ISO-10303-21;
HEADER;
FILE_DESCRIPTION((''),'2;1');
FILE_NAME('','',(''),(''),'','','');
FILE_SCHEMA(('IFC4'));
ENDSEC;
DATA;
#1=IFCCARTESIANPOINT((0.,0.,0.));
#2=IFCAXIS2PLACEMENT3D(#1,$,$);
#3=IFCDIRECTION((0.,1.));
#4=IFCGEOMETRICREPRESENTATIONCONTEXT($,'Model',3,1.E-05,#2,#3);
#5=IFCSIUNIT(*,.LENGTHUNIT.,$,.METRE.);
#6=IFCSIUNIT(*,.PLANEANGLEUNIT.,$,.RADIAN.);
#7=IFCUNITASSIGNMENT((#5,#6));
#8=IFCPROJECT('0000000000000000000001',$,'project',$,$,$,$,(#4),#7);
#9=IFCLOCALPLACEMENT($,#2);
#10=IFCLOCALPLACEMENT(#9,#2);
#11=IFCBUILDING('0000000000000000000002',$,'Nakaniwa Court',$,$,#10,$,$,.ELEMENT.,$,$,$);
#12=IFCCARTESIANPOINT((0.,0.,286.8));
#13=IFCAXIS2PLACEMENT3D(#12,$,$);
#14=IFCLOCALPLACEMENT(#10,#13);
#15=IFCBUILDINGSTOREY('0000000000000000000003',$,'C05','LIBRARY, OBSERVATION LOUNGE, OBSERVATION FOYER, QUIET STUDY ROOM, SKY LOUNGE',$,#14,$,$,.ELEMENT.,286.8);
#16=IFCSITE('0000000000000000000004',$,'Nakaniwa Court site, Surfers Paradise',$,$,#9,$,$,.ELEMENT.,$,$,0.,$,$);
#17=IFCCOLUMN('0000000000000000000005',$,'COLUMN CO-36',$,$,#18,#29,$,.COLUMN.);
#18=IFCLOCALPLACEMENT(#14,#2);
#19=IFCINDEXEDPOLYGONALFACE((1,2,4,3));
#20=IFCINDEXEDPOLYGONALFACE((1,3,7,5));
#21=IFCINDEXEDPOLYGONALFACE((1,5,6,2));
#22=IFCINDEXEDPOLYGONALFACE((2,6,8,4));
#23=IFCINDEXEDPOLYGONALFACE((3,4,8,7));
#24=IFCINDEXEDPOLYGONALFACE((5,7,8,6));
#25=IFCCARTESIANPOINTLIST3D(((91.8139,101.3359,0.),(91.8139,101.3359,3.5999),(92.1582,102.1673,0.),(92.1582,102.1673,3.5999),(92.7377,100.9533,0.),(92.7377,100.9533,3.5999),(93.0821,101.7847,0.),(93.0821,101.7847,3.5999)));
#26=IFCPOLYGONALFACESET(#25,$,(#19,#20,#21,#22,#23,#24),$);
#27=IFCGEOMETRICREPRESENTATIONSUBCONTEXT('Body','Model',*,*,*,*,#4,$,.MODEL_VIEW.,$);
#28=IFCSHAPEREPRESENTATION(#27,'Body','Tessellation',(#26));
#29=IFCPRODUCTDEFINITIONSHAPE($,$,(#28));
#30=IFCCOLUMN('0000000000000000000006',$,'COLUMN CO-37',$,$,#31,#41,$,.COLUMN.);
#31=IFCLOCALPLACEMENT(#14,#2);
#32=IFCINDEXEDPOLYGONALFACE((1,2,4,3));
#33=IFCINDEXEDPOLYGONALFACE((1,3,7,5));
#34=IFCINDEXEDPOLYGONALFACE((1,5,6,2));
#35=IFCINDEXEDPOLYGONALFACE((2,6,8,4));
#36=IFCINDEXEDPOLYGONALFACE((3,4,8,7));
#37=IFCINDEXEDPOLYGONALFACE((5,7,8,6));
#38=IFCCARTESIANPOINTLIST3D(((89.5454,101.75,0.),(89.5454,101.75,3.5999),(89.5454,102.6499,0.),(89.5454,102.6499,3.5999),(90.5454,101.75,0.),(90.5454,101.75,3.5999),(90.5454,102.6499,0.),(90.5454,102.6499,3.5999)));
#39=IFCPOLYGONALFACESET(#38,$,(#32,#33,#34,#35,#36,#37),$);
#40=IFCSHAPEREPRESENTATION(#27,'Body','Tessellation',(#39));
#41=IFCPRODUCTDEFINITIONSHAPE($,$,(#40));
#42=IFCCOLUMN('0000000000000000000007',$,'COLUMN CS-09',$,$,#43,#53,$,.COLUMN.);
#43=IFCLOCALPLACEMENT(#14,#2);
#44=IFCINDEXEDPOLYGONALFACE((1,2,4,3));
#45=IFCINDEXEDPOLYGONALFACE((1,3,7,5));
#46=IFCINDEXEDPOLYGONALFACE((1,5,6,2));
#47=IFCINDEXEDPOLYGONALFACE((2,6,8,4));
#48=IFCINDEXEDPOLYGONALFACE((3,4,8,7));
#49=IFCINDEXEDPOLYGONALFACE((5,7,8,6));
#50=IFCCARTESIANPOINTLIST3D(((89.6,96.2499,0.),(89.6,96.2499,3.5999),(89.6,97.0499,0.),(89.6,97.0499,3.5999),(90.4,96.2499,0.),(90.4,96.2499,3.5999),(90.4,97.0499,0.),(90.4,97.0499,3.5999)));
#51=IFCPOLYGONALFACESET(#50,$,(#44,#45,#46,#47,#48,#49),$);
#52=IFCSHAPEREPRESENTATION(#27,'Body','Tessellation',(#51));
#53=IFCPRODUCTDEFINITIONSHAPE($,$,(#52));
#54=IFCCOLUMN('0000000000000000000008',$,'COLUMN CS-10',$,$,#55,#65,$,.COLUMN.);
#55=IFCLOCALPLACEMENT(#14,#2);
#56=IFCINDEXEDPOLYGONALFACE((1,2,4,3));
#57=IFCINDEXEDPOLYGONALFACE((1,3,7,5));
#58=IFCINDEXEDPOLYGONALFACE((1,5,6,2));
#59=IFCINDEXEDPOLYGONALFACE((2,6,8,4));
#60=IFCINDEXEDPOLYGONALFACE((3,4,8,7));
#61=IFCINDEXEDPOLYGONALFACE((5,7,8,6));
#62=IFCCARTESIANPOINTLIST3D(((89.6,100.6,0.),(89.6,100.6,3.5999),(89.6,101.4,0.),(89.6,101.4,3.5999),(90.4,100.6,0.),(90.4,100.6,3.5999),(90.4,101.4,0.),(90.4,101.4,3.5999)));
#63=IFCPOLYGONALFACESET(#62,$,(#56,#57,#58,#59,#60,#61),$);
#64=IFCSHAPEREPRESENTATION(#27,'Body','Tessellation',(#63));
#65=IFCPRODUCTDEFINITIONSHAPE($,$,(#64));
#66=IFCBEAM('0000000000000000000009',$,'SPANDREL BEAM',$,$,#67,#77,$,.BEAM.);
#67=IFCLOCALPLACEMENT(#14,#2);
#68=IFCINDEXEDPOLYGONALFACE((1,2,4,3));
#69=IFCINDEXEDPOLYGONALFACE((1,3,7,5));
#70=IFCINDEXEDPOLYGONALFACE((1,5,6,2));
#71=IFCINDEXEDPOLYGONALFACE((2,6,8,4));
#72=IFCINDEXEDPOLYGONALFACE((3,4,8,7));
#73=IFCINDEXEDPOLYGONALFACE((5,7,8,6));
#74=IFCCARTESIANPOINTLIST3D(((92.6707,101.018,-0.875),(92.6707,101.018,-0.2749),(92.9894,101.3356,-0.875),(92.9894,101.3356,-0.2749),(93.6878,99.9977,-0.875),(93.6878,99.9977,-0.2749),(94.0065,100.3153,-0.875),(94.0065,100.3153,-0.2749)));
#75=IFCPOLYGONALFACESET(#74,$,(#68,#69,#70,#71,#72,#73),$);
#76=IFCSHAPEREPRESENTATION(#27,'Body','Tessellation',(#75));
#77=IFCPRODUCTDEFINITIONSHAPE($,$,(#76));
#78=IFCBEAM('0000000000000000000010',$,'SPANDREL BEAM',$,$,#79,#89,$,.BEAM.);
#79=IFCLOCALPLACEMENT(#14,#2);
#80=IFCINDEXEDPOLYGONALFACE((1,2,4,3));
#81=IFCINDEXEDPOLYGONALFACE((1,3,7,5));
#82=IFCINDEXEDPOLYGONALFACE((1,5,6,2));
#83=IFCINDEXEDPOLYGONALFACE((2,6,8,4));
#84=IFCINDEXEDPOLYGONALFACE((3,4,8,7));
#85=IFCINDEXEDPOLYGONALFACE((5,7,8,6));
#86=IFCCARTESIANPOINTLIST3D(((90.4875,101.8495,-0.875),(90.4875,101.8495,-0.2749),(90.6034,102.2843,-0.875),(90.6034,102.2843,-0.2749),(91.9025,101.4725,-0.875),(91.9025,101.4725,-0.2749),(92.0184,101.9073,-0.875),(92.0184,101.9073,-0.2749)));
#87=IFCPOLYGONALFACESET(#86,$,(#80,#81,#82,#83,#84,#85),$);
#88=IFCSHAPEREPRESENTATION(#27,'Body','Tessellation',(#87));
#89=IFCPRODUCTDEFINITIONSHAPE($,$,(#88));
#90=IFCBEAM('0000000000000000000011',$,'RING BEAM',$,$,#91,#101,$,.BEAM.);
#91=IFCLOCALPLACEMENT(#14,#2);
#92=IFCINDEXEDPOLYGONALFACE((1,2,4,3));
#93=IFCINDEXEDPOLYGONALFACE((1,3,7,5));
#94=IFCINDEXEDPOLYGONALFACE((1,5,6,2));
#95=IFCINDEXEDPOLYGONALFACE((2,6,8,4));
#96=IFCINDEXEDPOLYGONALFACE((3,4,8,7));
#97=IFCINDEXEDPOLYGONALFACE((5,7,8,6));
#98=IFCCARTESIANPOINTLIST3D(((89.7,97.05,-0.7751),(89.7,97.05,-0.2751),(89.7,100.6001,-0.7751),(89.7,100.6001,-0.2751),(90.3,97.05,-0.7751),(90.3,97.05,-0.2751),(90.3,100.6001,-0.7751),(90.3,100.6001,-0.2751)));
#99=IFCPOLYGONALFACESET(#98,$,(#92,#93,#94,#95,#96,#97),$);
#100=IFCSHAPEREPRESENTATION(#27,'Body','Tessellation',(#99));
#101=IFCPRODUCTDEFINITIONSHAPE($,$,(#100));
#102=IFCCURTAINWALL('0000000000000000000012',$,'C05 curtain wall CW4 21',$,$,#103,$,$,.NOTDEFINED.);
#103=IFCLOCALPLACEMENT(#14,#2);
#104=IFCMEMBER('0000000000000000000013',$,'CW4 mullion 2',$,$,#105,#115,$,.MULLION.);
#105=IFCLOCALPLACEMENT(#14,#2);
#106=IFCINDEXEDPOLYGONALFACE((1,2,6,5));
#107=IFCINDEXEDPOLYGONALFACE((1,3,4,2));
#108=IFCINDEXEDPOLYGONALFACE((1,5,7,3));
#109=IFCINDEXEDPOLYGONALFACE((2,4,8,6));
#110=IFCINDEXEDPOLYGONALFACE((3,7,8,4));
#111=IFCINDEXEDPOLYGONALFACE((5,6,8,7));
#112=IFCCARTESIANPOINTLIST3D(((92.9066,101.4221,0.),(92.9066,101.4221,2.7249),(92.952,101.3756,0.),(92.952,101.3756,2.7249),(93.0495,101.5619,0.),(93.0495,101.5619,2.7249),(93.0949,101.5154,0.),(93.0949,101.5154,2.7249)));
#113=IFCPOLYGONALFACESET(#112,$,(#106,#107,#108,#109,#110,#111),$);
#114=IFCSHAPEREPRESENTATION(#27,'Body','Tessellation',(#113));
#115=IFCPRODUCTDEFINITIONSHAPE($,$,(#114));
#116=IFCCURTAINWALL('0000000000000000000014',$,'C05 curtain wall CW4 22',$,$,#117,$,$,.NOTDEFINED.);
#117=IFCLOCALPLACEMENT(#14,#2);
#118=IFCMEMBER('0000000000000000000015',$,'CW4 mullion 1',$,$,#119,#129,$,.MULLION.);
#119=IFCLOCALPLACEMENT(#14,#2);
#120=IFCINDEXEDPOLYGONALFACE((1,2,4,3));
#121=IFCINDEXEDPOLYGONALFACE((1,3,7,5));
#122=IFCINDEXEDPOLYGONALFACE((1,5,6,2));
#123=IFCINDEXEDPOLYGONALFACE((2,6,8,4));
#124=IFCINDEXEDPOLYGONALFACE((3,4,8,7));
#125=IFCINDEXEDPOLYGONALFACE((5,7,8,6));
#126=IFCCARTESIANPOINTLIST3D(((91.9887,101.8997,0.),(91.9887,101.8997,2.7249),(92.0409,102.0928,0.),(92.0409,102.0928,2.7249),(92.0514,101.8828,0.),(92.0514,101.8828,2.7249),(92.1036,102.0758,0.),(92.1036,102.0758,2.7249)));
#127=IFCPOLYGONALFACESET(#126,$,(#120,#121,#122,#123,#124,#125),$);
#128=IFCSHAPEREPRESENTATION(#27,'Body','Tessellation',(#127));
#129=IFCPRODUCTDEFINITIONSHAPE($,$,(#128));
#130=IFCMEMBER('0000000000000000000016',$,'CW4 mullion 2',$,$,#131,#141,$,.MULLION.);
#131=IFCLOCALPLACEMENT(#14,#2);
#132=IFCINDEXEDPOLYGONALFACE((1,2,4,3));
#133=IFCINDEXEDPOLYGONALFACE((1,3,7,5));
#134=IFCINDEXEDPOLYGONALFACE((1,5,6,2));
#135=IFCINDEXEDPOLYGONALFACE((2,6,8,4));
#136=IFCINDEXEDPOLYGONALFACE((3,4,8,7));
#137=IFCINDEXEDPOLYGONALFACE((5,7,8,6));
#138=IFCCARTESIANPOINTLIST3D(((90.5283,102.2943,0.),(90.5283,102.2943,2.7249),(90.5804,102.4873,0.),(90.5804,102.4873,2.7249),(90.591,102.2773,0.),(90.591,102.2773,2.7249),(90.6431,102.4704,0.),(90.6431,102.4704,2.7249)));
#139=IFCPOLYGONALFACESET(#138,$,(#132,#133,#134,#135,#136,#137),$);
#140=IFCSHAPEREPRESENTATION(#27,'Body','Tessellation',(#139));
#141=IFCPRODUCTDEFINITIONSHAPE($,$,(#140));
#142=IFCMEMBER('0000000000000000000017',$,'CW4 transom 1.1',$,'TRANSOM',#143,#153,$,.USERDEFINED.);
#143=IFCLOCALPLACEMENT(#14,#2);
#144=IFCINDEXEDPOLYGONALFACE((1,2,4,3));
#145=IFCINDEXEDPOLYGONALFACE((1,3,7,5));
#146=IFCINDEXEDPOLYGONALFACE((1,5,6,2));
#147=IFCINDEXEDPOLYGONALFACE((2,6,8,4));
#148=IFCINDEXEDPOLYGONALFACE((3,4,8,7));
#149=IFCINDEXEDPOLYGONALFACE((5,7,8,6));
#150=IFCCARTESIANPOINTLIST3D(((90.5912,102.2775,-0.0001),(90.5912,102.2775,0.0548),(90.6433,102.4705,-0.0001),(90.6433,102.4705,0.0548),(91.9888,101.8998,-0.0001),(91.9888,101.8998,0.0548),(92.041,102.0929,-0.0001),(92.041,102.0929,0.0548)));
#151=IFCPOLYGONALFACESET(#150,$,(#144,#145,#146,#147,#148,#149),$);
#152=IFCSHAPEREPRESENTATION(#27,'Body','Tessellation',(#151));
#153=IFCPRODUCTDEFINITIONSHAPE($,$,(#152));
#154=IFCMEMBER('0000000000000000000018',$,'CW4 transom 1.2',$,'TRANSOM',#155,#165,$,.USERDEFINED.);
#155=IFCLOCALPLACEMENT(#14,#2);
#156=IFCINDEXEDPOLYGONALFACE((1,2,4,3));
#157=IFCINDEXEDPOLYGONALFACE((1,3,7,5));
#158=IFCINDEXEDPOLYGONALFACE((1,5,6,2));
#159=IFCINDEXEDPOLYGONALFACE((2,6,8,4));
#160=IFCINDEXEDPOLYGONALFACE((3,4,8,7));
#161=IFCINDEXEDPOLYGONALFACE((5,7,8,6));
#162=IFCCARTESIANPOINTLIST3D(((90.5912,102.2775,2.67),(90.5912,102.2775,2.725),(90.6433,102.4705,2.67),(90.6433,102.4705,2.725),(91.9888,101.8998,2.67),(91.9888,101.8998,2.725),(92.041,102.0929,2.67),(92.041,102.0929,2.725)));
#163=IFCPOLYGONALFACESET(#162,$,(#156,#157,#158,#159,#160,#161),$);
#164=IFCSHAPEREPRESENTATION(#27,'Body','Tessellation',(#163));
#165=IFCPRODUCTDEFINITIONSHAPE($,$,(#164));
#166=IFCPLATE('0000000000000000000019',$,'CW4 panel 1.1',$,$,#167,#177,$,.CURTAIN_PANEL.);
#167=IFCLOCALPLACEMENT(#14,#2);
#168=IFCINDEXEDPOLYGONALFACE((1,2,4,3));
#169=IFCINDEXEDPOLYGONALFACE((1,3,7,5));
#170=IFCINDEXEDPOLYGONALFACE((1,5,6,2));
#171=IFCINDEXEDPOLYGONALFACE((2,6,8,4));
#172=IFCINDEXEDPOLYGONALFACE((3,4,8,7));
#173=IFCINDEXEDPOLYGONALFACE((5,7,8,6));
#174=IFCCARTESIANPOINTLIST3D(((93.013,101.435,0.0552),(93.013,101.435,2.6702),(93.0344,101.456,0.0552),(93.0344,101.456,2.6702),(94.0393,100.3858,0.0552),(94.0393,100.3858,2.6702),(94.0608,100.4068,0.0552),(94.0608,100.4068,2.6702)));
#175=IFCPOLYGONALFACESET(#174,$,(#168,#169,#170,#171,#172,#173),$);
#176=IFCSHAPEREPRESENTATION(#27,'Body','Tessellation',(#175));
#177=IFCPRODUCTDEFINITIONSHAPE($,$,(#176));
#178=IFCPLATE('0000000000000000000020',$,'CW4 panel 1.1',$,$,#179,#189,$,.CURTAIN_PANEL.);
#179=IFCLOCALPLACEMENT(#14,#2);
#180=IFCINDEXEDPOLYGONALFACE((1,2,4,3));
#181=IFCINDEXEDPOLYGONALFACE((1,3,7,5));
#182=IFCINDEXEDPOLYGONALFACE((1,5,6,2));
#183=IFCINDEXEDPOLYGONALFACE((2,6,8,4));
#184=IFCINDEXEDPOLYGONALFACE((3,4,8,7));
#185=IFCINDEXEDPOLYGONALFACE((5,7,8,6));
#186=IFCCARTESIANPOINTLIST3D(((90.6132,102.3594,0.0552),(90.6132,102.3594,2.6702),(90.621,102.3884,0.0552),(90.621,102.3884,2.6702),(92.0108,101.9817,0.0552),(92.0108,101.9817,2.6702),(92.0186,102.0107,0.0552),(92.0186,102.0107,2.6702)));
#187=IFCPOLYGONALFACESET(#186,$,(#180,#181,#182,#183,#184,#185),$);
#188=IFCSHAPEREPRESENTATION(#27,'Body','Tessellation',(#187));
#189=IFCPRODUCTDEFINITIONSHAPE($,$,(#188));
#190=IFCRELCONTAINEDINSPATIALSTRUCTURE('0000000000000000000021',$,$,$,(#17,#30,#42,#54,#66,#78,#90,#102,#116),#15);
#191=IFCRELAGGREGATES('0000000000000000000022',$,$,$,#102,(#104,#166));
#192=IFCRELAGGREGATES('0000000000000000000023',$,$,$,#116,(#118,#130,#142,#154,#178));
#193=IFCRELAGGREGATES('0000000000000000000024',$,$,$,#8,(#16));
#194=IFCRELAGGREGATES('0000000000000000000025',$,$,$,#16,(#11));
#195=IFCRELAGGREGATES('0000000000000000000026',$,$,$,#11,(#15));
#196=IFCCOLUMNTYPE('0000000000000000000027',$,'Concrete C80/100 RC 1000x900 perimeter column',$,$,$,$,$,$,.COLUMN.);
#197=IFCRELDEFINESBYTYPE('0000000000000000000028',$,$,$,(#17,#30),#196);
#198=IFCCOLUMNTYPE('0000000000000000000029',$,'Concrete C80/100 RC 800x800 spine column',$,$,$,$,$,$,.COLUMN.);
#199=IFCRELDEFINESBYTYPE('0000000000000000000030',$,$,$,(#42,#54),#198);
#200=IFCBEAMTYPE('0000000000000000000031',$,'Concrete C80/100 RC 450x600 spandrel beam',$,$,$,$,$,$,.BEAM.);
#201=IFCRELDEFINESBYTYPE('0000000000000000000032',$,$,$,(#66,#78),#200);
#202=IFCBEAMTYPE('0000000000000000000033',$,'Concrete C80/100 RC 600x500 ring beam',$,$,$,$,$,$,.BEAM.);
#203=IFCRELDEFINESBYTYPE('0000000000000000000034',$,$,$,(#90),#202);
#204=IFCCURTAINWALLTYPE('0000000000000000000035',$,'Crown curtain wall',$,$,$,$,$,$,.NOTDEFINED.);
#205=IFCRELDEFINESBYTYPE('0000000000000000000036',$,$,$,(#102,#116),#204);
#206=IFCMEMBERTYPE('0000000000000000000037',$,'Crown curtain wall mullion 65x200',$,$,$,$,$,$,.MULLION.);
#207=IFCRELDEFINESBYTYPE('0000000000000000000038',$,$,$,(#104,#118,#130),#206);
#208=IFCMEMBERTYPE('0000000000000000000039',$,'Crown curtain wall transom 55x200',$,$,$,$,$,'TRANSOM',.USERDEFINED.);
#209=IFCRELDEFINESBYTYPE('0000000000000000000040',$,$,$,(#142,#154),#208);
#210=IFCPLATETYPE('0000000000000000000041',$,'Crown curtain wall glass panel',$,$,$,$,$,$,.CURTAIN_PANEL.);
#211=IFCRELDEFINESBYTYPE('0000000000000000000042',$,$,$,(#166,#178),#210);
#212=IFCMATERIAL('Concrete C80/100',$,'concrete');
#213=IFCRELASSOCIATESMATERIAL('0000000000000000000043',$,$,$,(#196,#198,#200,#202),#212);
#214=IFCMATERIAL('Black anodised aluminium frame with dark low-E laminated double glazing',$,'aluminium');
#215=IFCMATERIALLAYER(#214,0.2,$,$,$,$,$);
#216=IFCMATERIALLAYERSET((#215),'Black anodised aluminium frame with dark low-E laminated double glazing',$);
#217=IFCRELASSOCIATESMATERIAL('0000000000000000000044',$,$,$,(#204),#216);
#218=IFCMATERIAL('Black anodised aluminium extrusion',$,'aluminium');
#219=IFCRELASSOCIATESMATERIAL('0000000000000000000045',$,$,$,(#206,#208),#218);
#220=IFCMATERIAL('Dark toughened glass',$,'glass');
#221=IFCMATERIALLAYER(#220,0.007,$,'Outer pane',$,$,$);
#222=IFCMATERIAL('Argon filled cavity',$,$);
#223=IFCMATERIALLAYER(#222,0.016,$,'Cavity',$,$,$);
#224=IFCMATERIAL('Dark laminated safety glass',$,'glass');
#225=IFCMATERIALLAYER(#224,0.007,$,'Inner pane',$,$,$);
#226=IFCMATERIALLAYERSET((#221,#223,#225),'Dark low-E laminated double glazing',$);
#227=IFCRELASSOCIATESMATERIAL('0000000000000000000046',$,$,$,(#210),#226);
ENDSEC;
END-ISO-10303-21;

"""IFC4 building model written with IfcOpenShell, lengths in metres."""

from ifc_helpers import new_model, si_unit, direction, frame, origin, origin_2d, place, context, subcontext, project, spatial, rectangle, extrude, material, layer, layer_set, material_profile, profile_set, type_object, element, aggregate, save


model = new_model("IFC4")

# Units and contexts
model_context = context("Model", 3, precision=1e-05, world=origin(), true_north=direction((0.0, 1.0)))
body_context = subcontext(model_context, "Body", "Model", "MODEL_VIEW")
ifc_project = project(units=[si_unit("LENGTHUNIT", "METRE"), si_unit("PLANEANGLEUNIT", "RADIAN")], contexts=[model_context])

# Site, building, storey
site_placement = place(None, origin())
site = spatial("IfcSite", under=ifc_project, at=site_placement, Name="Nakaniwa Court site, Surfers Paradise", CompositionType="ELEMENT", RefElevation=0.0)
building_placement = place(site_placement, origin())
building = spatial("IfcBuilding", under=site, at=building_placement, Name="Nakaniwa Court", CompositionType="ELEMENT")
storey_placement = place(building_placement, frame((0.0, 0.0, 286.8)))
storey = spatial("IfcBuildingStorey", under=building, at=storey_placement, Name="C05", Description="LIBRARY, OBSERVATION LOUNGE, OBSERVATION FOYER, QUIET STUDY ROOM, SKY LOUNGE", CompositionType="ELEMENT", Elevation=286.8)

# Columns
ifc_material_1 = material(Name="Concrete C80/100", Category="concrete")
ifc_material_profile_1 = material_profile(ifc_material_1, rectangle(XDim=1.0, YDim=0.8999, at=origin_2d()), Name="Concrete C80/100 RC 1000x900 perimeter column")
ifc_profile_set_1 = profile_set([ifc_material_profile_1], Name="Concrete C80/100")
column_type_1 = type_object("IfcColumnType", Name="Concrete C80/100 RC 1000x900 perimeter column", PredefinedType="COLUMN", material=ifc_profile_set_1)
for number, where, z_axis, x_axis, name in (
    (1, (92.448, 101.5603, 0.0), (0.0, 0.0, 1.0), (-0.92388, 0.382683, 0.0), "COLUMN CO-36"),
    (2, (90.0454, 102.2, 0.0), (0.0, 0.0, 1.0), (-1.0, 0.0, 0.0), "COLUMN CO-37"),
):
    element("IfcColumn", number, at=place(storey_placement, frame(where, z_axis=z_axis, x_axis=x_axis)), inside=storey, type_object=column_type_1, Name=name, PredefinedType="COLUMN", context=body_context, shape_type="SweptSolid", body=[
        extrude(rectangle(XDim=1.0, YDim=0.8999, at=origin_2d()), origin(), (0.0, 0.0, 1.0), 3.5999),
    ])
ifc_material_profile_2 = material_profile(ifc_material_1, rectangle(XDim=0.8, YDim=0.8, at=origin_2d()), Name="Concrete C80/100 RC 800x800 spine column")
ifc_profile_set_2 = profile_set([ifc_material_profile_2], Name="Concrete C80/100")
column_type_2 = type_object("IfcColumnType", Name="Concrete C80/100 RC 800x800 spine column", PredefinedType="COLUMN", material=ifc_profile_set_2)
for number, where, z_axis, x_axis, name in (
    (3, (90.0, 96.6499, 0.0), (0.0, 0.0, 1.0), (0.0, 1.0, 0.0), "COLUMN CS-09"),
    (4, (90.0, 101.0, 0.0), (0.0, 0.0, 1.0), (0.0, 1.0, 0.0), "COLUMN CS-10"),
):
    element("IfcColumn", number, at=place(storey_placement, frame(where, z_axis=z_axis, x_axis=x_axis)), inside=storey, type_object=column_type_2, Name=name, PredefinedType="COLUMN", context=body_context, shape_type="SweptSolid", body=[
        extrude(rectangle(XDim=0.8, YDim=0.8, at=origin_2d()), origin(), (0.0, 0.0, 1.0), 3.5999),
    ])

# Beams
ifc_material_profile_3 = material_profile(ifc_material_1, rectangle(XDim=0.45, YDim=0.6001, at=origin_2d()), Name="Concrete C80/100 RC 450x600 spandrel beam")
ifc_profile_set_3 = profile_set([ifc_material_profile_3], Name="Concrete C80/100")
beam_type_1 = type_object("IfcBeamType", Name="Concrete C80/100 RC 450x600 spandrel beam", PredefinedType="BEAM", material=ifc_profile_set_3)
beam_1_placement = place(storey_placement, frame((93.8472, 100.1565, -0.575), z_axis=(-0.706004, 0.708207, 0.0), x_axis=(-0.708207, -0.706004, 0.0)))
element("IfcBeam", 5, at=beam_1_placement, inside=storey, type_object=beam_type_1, Name="SPANDREL BEAM", PredefinedType="BEAM", context=body_context, shape_type="SweptSolid", body=[
    extrude(rectangle(XDim=0.45, YDim=0.6001, at=origin_2d()), origin(), (0.0, 0.0, 1.0), 1.4407),
])
beam_2_placement = place(storey_placement, frame((91.9604, 101.6899, -0.575), z_axis=(-0.966301, 0.257414, 0.0), x_axis=(-0.257414, -0.966301, 0.0)))
element("IfcBeam", 6, at=beam_2_placement, inside=storey, type_object=beam_type_1, Name="SPANDREL BEAM", PredefinedType="BEAM", context=body_context, shape_type="SweptSolid", body=[
    extrude(rectangle(XDim=0.45, YDim=0.6001, at=origin_2d()), origin(), (0.0, 0.0, 1.0), 1.4644),
])
ifc_material_profile_4 = material_profile(ifc_material_1, rectangle(XDim=0.6001, YDim=0.5, at=origin_2d()), Name="Concrete C80/100 RC 600x500 ring beam")
ifc_profile_set_4 = profile_set([ifc_material_profile_4], Name="Concrete C80/100")
beam_type_2 = type_object("IfcBeamType", Name="Concrete C80/100 RC 600x500 ring beam", PredefinedType="BEAM", material=ifc_profile_set_4)
beam_3_placement = place(storey_placement, frame((90.0, 97.05, -0.5251), z_axis=(0.0, 1.0, 0.0), x_axis=(-1.0, 0.0, 0.0)))
element("IfcBeam", 7, at=beam_3_placement, inside=storey, type_object=beam_type_2, Name="RING BEAM", PredefinedType="BEAM", context=body_context, shape_type="SweptSolid", body=[
    extrude(rectangle(XDim=0.6001, YDim=0.5, at=origin_2d()), origin(), (0.0, 0.0, 1.0), 3.55),
])

# Curtain wall, member
ifc_material_2 = material(Name="Black anodised aluminium frame with dark low-E laminated double glazing", Category="aluminium")
ifc_layer_1 = layer(ifc_material_2, 0.2)
ifc_layer_set_1 = layer_set([ifc_layer_1], Name="Black anodised aluminium frame with dark low-E laminated double glazing")
curtain_wall_type = type_object("IfcCurtainWallType", Name="Crown curtain wall", PredefinedType="NOTDEFINED", material=ifc_layer_set_1)
curtain_wall_1_placement = place(storey_placement, origin())
curtain_wall_1 = element("IfcCurtainWall", 8, at=curtain_wall_1_placement, inside=storey, type_object=curtain_wall_type, Name="C05 curtain wall CW4 21", PredefinedType="NOTDEFINED")
ifc_material_3 = material(Name="Black anodised aluminium extrusion", Category="aluminium")
ifc_material_profile_5 = material_profile(ifc_material_3, rectangle(XDim=0.2, YDim=0.0649, at=origin_2d()), Name="Crown curtain wall mullion 65x200")
ifc_profile_set_5 = profile_set([ifc_material_profile_5], Name="Black anodised aluminium extrusion")
member_type_1 = type_object("IfcMemberType", Name="Crown curtain wall mullion 65x200", PredefinedType="MULLION", material=ifc_profile_set_5)
member_1_placement = place(storey_placement, frame((93.0007, 101.4688, 0.0), z_axis=(0.0, 0.0, 1.0), x_axis=(-0.714886, -0.699241, 0.0)))
member_1 = element("IfcMember", 9, at=member_1_placement, type_object=member_type_1, Name="CW4 mullion 2", PredefinedType="MULLION", context=body_context, shape_type="SweptSolid", body=[
    extrude(rectangle(XDim=0.2, YDim=0.0649, at=origin_2d()), origin(), (0.0, 0.0, 1.0), 2.7249),
])

# Curtain wall, members
curtain_wall_2_placement = place(storey_placement, origin())
curtain_wall_2 = element("IfcCurtainWall", 10, at=curtain_wall_2_placement, inside=storey, type_object=curtain_wall_type, Name="C05 curtain wall CW4 22", PredefinedType="NOTDEFINED")
member_2_placement = place(storey_placement, frame((92.0461, 101.9878, 0.0), z_axis=(0.0, 0.0, 1.0), x_axis=(-0.260864, -0.965375, 0.0)))
member_2 = element("IfcMember", 11, at=member_2_placement, type_object=member_type_1, Name="CW4 mullion 1", PredefinedType="MULLION", context=body_context, shape_type="SweptSolid", body=[
    extrude(rectangle(XDim=0.2, YDim=0.0649, at=origin_2d()), origin(), (0.0, 0.0, 1.0), 2.7249),
])
member_3_placement = place(storey_placement, frame((90.5857, 102.3823, 0.0), z_axis=(0.0, 0.0, 1.0), x_axis=(-0.260864, -0.965375, 0.0)))
member_3 = element("IfcMember", 12, at=member_3_placement, type_object=member_type_1, Name="CW4 mullion 2", PredefinedType="MULLION", context=body_context, shape_type="SweptSolid", body=[
    extrude(rectangle(XDim=0.2, YDim=0.0649, at=origin_2d()), origin(), (0.0, 0.0, 1.0), 2.7249),
])
ifc_material_profile_6 = material_profile(ifc_material_3, rectangle(XDim=0.2, YDim=0.0549, at=origin_2d()), Name="Crown curtain wall transom 55x200")
ifc_profile_set_6 = profile_set([ifc_material_profile_6], Name="Black anodised aluminium extrusion")
member_type_2 = type_object("IfcMemberType", Name="Crown curtain wall transom 55x200", ElementType="TRANSOM", PredefinedType="USERDEFINED", material=ifc_profile_set_6)
member_4_placement = place(storey_placement, frame((92.0149, 101.9963, 0.0273), z_axis=(-0.965376, 0.260862, 0.0), x_axis=(-0.260862, -0.965376, 0.0)))
member_4 = element("IfcMember", 13, at=member_4_placement, type_object=member_type_2, Name="CW4 transom 1.1", ObjectType="TRANSOM", PredefinedType="USERDEFINED", context=body_context, shape_type="SweptSolid", body=[
    extrude(rectangle(XDim=0.2, YDim=0.0549, at=origin_2d()), origin(), (0.0, 0.0, 1.0), 1.4478),
])
member_5_placement = place(storey_placement, frame((92.0149, 101.9963, 2.6975), z_axis=(-0.965376, 0.260862, 0.0), x_axis=(-0.260862, -0.965376, 0.0)))
member_5 = element("IfcMember", 14, at=member_5_placement, type_object=member_type_2, Name="CW4 transom 1.2", ObjectType="TRANSOM", PredefinedType="USERDEFINED", context=body_context, shape_type="SweptSolid", body=[
    extrude(rectangle(XDim=0.2, YDim=0.0549, at=origin_2d()), origin(), (0.0, 0.0, 1.0), 1.4478),
])

# Plates
ifc_material_4 = material(Name="Dark toughened glass", Category="glass")
ifc_layer_2 = layer(ifc_material_4, 0.007, Name="Outer pane")
ifc_material_5 = material(Name="Argon filled cavity")
ifc_layer_3 = layer(ifc_material_5, 0.016, Name="Cavity")
ifc_material_6 = material(Name="Dark laminated safety glass", Category="glass")
ifc_layer_4 = layer(ifc_material_6, 0.007, Name="Inner pane")
ifc_layer_set_2 = layer_set([ifc_layer_2, ifc_layer_3, ifc_layer_4], Name="Dark low-E laminated double glazing")
plate_type = type_object("IfcPlateType", Name="Crown curtain wall glass panel", PredefinedType="CURTAIN_PANEL", material=ifc_layer_set_2)
plate_1_placement = place(storey_placement, frame((93.5369, 100.9209, 0.0552), z_axis=(0.0, 0.0, 1.0), x_axis=(-0.699241, 0.714886, 0.0)))
plate_1 = element("IfcPlate", 15, at=plate_1_placement, type_object=plate_type, Name="CW4 panel 1.1", PredefinedType="CURTAIN_PANEL", context=body_context, shape_type="SweptSolid", body=[
    extrude(rectangle(XDim=1.4678, YDim=0.03, at=origin_2d()), origin(), (0.0, 0.0, 1.0), 2.615),
])
aggregate(curtain_wall_1, [member_1, plate_1])
plate_2_placement = place(storey_placement, frame((91.3159, 102.1851, 0.0552), z_axis=(0.0, 0.0, 1.0), x_axis=(-0.965375, 0.260864, 0.0)))
plate_2 = element("IfcPlate", 16, at=plate_2_placement, type_object=plate_type, Name="CW4 panel 1.1", PredefinedType="CURTAIN_PANEL", context=body_context, shape_type="SweptSolid", body=[
    extrude(rectangle(XDim=1.4478, YDim=0.03, at=origin_2d()), origin(), (0.0, 0.0, 1.0), 2.615),
])
aggregate(curtain_wall_2, [member_2, member_3, member_4, member_5, plate_2])

save(model, "model.ifc")
